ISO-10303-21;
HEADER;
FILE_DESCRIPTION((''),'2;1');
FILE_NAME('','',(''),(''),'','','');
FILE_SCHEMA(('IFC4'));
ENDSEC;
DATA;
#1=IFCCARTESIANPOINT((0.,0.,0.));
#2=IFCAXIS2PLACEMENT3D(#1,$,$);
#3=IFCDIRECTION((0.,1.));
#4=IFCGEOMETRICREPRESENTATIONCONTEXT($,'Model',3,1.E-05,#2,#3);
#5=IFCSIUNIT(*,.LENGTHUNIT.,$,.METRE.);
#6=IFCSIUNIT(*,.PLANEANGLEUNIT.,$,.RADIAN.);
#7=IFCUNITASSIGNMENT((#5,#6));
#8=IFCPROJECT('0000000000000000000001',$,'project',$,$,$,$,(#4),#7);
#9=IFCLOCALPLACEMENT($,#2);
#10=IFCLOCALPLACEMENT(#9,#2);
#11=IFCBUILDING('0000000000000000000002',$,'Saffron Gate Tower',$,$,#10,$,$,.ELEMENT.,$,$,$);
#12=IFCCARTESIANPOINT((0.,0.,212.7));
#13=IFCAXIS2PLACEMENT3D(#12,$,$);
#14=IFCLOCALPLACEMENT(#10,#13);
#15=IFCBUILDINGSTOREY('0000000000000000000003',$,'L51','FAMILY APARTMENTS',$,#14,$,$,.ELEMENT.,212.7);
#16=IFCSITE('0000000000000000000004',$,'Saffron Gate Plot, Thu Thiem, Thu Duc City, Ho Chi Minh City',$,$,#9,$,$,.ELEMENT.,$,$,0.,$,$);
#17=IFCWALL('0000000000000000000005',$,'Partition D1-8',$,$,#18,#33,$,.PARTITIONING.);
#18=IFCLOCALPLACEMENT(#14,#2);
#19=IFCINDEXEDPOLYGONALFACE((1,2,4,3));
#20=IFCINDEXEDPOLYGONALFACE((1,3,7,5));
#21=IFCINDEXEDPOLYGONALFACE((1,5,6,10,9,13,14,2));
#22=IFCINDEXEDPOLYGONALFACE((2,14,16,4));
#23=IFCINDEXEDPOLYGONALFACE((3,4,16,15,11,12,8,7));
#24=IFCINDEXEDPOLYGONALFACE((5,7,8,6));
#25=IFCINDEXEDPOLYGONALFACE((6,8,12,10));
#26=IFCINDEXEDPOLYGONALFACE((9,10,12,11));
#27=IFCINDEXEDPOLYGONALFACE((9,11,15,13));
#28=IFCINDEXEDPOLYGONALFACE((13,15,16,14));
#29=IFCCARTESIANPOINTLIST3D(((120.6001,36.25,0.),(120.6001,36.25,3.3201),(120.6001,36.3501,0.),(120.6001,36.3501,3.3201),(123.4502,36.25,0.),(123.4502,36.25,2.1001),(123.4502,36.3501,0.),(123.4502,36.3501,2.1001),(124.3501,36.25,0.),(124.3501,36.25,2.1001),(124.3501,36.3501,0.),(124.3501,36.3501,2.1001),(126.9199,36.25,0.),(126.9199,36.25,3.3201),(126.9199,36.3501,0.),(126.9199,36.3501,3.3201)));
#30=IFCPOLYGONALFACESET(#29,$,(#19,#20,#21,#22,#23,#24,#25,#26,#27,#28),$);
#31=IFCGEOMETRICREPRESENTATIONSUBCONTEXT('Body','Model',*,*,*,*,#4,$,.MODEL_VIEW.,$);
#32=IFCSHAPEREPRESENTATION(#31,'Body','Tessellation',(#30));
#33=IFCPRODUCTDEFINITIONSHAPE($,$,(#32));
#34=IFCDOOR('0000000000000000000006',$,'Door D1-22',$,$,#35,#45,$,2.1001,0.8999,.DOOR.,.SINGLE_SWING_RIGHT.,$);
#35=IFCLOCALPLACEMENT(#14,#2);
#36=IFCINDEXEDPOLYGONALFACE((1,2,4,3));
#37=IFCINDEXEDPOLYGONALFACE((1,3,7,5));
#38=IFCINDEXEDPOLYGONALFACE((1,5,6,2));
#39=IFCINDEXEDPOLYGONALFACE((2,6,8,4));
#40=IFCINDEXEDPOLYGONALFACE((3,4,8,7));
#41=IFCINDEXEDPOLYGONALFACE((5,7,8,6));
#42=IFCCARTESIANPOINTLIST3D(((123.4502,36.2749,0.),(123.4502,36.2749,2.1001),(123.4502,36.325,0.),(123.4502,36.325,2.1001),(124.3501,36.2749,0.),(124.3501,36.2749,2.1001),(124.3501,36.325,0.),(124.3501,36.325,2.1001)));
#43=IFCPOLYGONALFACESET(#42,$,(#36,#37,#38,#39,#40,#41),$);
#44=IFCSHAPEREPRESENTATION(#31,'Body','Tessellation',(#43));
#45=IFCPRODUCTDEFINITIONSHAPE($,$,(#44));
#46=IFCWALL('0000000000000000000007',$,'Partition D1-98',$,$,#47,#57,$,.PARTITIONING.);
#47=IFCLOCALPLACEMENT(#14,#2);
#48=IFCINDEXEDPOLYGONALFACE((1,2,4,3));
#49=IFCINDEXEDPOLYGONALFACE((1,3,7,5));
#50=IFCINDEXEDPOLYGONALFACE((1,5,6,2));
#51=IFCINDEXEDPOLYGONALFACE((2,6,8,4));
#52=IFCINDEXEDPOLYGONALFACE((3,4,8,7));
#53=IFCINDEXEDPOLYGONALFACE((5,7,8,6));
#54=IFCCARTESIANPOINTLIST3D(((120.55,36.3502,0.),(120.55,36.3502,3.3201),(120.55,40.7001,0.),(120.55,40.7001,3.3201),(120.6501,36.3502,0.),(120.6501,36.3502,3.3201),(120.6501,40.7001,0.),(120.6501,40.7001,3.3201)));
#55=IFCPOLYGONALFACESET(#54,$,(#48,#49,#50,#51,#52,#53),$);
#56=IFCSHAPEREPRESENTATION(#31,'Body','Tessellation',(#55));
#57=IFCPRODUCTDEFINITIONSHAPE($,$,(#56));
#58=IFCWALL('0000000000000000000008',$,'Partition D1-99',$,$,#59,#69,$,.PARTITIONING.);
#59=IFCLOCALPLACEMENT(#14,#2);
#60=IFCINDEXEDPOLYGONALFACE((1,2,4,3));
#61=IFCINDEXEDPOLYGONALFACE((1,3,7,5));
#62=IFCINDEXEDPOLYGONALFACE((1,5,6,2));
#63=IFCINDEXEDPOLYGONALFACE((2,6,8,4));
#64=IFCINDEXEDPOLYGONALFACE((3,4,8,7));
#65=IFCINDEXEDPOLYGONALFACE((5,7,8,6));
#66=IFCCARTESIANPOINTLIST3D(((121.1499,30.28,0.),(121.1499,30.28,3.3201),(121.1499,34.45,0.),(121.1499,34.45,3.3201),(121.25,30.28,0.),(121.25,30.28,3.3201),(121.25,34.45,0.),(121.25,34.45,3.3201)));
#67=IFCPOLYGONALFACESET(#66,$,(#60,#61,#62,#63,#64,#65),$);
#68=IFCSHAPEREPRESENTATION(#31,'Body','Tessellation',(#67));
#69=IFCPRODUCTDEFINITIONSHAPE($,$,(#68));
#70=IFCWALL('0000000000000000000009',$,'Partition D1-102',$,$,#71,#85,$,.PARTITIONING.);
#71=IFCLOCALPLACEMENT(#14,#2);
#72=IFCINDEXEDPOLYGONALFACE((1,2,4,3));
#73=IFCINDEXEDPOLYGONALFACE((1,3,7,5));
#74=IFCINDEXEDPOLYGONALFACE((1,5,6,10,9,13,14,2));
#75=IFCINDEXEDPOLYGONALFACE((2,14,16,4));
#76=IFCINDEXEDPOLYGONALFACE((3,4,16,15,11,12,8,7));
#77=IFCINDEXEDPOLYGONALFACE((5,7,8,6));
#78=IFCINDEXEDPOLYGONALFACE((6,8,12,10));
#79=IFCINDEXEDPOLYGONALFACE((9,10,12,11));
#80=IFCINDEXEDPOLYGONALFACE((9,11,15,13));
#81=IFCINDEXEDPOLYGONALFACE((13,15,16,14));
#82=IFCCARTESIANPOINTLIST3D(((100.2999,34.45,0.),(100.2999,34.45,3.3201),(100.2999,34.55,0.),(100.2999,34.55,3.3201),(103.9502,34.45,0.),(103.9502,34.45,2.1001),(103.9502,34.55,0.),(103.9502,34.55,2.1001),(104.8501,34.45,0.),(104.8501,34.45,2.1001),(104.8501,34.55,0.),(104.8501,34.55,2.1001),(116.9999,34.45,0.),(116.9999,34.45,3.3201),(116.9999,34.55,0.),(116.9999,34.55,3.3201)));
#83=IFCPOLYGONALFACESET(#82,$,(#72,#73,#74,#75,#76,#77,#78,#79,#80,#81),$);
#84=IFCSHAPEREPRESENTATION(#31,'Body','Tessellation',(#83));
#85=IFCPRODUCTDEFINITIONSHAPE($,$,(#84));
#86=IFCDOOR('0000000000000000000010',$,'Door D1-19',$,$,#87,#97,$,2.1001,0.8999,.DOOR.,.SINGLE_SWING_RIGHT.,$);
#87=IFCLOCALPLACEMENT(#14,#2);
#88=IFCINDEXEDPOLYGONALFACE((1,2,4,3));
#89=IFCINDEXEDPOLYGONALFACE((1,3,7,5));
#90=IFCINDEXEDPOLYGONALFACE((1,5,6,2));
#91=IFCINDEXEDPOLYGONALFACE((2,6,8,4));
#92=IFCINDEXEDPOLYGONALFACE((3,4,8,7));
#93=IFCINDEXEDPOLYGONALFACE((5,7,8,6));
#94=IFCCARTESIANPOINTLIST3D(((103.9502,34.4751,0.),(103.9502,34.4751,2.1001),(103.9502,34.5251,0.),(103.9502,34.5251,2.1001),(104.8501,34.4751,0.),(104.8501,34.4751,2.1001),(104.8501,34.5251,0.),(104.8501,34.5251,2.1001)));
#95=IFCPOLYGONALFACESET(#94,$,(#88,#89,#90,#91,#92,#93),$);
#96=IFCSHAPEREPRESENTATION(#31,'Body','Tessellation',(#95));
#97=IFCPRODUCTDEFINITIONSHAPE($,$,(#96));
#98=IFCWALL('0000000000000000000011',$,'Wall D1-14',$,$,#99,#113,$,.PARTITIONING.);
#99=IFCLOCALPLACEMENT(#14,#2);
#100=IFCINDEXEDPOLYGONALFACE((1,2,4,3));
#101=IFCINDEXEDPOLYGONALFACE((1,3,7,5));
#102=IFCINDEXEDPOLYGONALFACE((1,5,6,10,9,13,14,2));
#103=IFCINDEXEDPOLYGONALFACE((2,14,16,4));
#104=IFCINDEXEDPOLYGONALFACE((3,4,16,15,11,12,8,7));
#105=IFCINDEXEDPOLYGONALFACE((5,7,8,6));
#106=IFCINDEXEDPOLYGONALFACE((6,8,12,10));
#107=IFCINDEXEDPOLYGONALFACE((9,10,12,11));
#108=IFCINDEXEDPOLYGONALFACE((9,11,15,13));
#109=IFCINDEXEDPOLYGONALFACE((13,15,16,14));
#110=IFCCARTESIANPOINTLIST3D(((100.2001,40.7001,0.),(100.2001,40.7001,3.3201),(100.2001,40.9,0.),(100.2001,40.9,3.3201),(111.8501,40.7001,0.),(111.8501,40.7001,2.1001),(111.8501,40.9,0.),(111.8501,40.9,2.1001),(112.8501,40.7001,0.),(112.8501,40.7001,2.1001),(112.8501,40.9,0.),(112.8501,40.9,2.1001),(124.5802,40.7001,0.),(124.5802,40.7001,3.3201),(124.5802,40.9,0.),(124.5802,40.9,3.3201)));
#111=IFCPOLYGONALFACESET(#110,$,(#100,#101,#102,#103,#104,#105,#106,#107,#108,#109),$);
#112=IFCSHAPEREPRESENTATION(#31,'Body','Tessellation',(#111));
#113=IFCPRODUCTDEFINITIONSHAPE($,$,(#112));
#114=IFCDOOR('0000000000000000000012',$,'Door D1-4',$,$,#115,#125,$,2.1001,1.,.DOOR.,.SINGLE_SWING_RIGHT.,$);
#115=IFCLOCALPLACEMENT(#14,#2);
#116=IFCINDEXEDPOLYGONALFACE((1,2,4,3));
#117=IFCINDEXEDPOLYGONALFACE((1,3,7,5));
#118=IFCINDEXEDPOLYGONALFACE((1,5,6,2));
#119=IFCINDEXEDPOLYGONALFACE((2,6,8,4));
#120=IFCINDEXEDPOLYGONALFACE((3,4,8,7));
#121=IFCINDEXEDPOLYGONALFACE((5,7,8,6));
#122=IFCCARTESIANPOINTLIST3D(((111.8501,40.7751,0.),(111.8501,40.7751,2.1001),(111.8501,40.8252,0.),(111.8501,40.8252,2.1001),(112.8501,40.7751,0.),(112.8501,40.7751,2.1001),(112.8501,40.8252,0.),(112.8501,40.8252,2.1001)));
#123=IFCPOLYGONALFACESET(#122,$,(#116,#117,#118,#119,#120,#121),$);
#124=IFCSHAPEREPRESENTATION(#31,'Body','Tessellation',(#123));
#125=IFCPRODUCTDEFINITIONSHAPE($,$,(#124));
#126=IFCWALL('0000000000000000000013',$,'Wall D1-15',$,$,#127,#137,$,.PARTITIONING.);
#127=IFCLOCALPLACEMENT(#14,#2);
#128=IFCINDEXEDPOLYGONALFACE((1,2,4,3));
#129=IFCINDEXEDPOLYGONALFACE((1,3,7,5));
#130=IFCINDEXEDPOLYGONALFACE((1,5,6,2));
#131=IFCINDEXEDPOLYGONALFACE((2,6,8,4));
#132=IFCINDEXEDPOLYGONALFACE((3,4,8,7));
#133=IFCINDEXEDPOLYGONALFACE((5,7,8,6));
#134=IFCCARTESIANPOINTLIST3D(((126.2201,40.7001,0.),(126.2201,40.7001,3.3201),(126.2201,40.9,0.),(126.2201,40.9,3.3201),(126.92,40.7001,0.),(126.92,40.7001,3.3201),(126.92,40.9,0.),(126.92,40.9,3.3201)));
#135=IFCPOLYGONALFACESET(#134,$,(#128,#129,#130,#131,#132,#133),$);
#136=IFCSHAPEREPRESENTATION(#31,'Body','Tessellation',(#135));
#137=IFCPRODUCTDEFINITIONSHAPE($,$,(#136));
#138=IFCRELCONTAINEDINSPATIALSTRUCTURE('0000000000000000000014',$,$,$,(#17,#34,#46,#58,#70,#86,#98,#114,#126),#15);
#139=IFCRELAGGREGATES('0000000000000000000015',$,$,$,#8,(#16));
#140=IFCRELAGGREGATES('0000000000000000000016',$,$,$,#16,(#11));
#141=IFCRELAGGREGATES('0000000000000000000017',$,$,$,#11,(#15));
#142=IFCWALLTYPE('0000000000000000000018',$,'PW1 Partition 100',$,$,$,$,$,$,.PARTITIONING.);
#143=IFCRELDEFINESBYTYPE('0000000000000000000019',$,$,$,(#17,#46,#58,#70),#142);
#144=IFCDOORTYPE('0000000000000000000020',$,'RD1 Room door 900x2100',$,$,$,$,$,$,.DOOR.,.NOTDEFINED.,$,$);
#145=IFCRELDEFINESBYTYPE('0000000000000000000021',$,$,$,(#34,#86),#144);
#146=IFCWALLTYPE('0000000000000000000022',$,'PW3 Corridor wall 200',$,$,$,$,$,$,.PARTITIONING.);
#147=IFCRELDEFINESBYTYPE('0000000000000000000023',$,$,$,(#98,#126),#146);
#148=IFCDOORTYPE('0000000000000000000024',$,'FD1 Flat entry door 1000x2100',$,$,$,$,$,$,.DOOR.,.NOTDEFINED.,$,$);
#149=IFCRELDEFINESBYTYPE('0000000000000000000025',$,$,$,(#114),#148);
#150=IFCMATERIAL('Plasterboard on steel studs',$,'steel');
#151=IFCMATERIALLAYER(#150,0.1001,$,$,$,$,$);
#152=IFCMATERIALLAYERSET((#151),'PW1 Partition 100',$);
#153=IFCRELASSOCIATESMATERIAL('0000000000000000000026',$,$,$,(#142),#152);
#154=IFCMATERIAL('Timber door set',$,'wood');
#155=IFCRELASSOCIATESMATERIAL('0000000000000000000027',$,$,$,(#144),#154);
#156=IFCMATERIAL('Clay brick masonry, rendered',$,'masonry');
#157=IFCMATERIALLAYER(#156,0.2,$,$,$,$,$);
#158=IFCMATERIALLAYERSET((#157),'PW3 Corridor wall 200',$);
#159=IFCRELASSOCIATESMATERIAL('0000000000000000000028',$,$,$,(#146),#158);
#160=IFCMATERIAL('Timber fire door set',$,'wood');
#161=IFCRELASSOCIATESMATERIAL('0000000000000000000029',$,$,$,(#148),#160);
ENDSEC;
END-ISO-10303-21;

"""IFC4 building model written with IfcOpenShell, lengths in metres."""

from ifc_helpers import new_model, si_unit, direction, frame, frame_2d, origin, place, context, subcontext, project, spatial, rectangle, extrude, material, layer, layer_set, type_object, element, fill, save


model = new_model("IFC4")

# Units and contexts
model_context = context("Model", 3, precision=1e-05, world=origin(), true_north=direction((0.0, 1.0)))
body_context = subcontext(model_context, "Body", "Model", "MODEL_VIEW")
ifc_project = project(units=[si_unit("LENGTHUNIT", "METRE"), si_unit("PLANEANGLEUNIT", "RADIAN")], contexts=[model_context])

# Site, building, storey
site_placement = place(None, origin())
site = spatial("IfcSite", under=ifc_project, at=site_placement, Name="Saffron Gate Plot, Thu Thiem, Thu Duc City, Ho Chi Minh City", CompositionType="ELEMENT", RefElevation=0.0)
building_placement = place(site_placement, origin())
building = spatial("IfcBuilding", under=site, at=building_placement, Name="Saffron Gate Tower", CompositionType="ELEMENT")
storey_placement = place(building_placement, frame((0.0, 0.0, 212.7)))
storey = spatial("IfcBuildingStorey", under=building, at=storey_placement, Name="L51", Description="FAMILY APARTMENTS", CompositionType="ELEMENT", Elevation=212.7)

# Wall, opening, door
ifc_material_1 = material(Name="Plasterboard on steel studs", Category="steel")
ifc_layer_1 = layer(ifc_material_1, 0.1001)
ifc_layer_set_1 = layer_set([ifc_layer_1], Name="PW1 Partition 100")
wall_type_1 = type_object("IfcWallType", Name="PW1 Partition 100", PredefinedType="PARTITIONING", material=ifc_layer_set_1)
ifc_material_2 = material(Name="Timber door set", Category="wood")
door_type_1 = type_object("IfcDoorType", Name="RD1 Room door 900x2100", OperationType="NOTDEFINED", PredefinedType="DOOR", material=ifc_material_2)
wall_1_placement = place(storey_placement, frame((120.6001, 36.3, 0.0), z_axis=(0.0, 0.0, 1.0), x_axis=(1.0, 0.0, 0.0)))
wall_1 = element("IfcWall", 1, at=wall_1_placement, inside=storey, type_object=wall_type_1, Name="Partition D1-8", PredefinedType="PARTITIONING", context=body_context, shape_type="SweptSolid", body=[
    extrude(rectangle(XDim=6.3198, YDim=0.1001, at=frame_2d((3.1599, 0.0))), origin(), (0.0, 0.0, 1.0), 3.3201),
])
opening_1_placement = place(wall_1_placement, frame((2.8501, 0.0, 0.0)))
opening_1 = element("IfcOpeningElement", 2, at=opening_1_placement, cuts=wall_1, PredefinedType="OPENING", context=body_context, shape_type="SweptSolid", body=[
    extrude(rectangle(XDim=0.8999, YDim=2.1001, at=frame_2d((0.45, 1.05))), frame((0.0, 0.0601, 0.0), z_axis=(0.0, -1.0, 0.0), x_axis=(1.0, 0.0, 0.0)), (0.0, 0.0, 1.0), 0.1201),
])
door_1_placement = place(opening_1_placement, origin())
door_1 = element("IfcDoor", 3, at=door_1_placement, inside=storey, type_object=door_type_1, Name="Door D1-22", OperationType="SINGLE_SWING_RIGHT", OverallHeight=2.1001, OverallWidth=0.8999, PredefinedType="DOOR", context=body_context, shape_type="SweptSolid", body=[
    extrude(rectangle(XDim=0.8999, YDim=2.1001, at=frame_2d((0.45, 1.05))), frame((0.0, 0.0249, 0.0), z_axis=(0.0, -1.0, 0.0), x_axis=(1.0, 0.0, 0.0)), (0.0, 0.0, 1.0), 0.05),
])
fill(opening_1, door_1)

# Walls
wall_2_placement = place(storey_placement, frame((120.6001, 40.7, 0.0), z_axis=(0.0, 0.0, 1.0), x_axis=(0.0, -1.0, 0.0)))
element("IfcWall", 4, at=wall_2_placement, inside=storey, type_object=wall_type_1, Name="Partition D1-98", PredefinedType="PARTITIONING", context=body_context, shape_type="SweptSolid", body=[
    extrude(rectangle(XDim=4.3499, YDim=0.1001, at=frame_2d((2.1748, 0.0))), origin(), (0.0, 0.0, 1.0), 3.3201),
])
wall_3_placement = place(storey_placement, frame((121.2, 34.45, 0.0), z_axis=(0.0, 0.0, 1.0), x_axis=(0.0, -1.0, 0.0)))
element("IfcWall", 5, at=wall_3_placement, inside=storey, type_object=wall_type_1, Name="Partition D1-99", PredefinedType="PARTITIONING", context=body_context, shape_type="SweptSolid", body=[
    extrude(rectangle(XDim=4.1699, YDim=0.1001, at=frame_2d((2.085, 0.0))), origin(), (0.0, 0.0, 1.0), 3.3201),
])

# Walls, openings, doors
wall_4_placement = place(storey_placement, frame((117.0, 34.5, 0.0), z_axis=(0.0, 0.0, 1.0), x_axis=(-1.0, 0.0, 0.0)))
wall_4 = element("IfcWall", 6, at=wall_4_placement, inside=storey, type_object=wall_type_1, Name="Partition D1-102", PredefinedType="PARTITIONING", context=body_context, shape_type="SweptSolid", body=[
    extrude(rectangle(XDim=16.7, YDim=0.1001, at=frame_2d((8.3501, 0.0))), origin(), (0.0, 0.0, 1.0), 3.3201),
])
opening_2_placement = place(wall_4_placement, frame((12.1499, 0.0, 0.0)))
opening_2 = element("IfcOpeningElement", 7, at=opening_2_placement, cuts=wall_4, PredefinedType="OPENING", context=body_context, shape_type="SweptSolid", body=[
    extrude(rectangle(XDim=0.8999, YDim=2.1001, at=frame_2d((0.45, 1.05))), frame((0.0, 0.0601, 0.0), z_axis=(0.0, -1.0, 0.0), x_axis=(1.0, 0.0, 0.0)), (0.0, 0.0, 1.0), 0.1201),
])
door_2_placement = place(opening_2_placement, origin())
door_2 = element("IfcDoor", 8, at=door_2_placement, inside=storey, type_object=door_type_1, Name="Door D1-19", OperationType="SINGLE_SWING_RIGHT", OverallHeight=2.1001, OverallWidth=0.8999, PredefinedType="DOOR", context=body_context, shape_type="SweptSolid", body=[
    extrude(rectangle(XDim=0.8999, YDim=2.1001, at=frame_2d((0.45, 1.05))), frame((0.0, 0.0249, 0.0), z_axis=(0.0, -1.0, 0.0), x_axis=(1.0, 0.0, 0.0)), (0.0, 0.0, 1.0), 0.05),
])
fill(opening_2, door_2)
ifc_material_3 = material(Name="Clay brick masonry, rendered", Category="masonry")
ifc_layer_2 = layer(ifc_material_3, 0.2)
ifc_layer_set_2 = layer_set([ifc_layer_2], Name="PW3 Corridor wall 200")
wall_type_2 = type_object("IfcWallType", Name="PW3 Corridor wall 200", PredefinedType="PARTITIONING", material=ifc_layer_set_2)
wall_5_placement = place(storey_placement, frame((124.5801, 40.8, 0.0), z_axis=(0.0, 0.0, 1.0), x_axis=(-1.0, 0.0, 0.0)))
wall_5 = element("IfcWall", 9, at=wall_5_placement, inside=storey, type_object=wall_type_2, Name="Wall D1-14", PredefinedType="PARTITIONING", context=body_context, shape_type="SweptSolid", body=[
    extrude(rectangle(XDim=24.3801, YDim=0.2, at=frame_2d((12.1899, 0.0))), origin(), (0.0, 0.0, 1.0), 3.3201),
])
opening_3_placement = place(wall_5_placement, frame((11.73, 0.0, 0.0)))
opening_3 = element("IfcOpeningElement", 10, at=opening_3_placement, cuts=wall_5, PredefinedType="OPENING", context=body_context, shape_type="SweptSolid", body=[
    extrude(rectangle(XDim=1.0, YDim=2.1001, at=frame_2d((0.5, 1.05))), frame((0.0, 0.1099, 0.0), z_axis=(0.0, -1.0, 0.0), x_axis=(1.0, 0.0, 0.0)), (0.0, 0.0, 1.0), 0.22),
])
ifc_material_4 = material(Name="Timber fire door set", Category="wood")
door_type_2 = type_object("IfcDoorType", Name="FD1 Flat entry door 1000x2100", OperationType="NOTDEFINED", PredefinedType="DOOR", material=ifc_material_4)
door_3_placement = place(opening_3_placement, origin())
door_3 = element("IfcDoor", 11, at=door_3_placement, inside=storey, type_object=door_type_2, Name="Door D1-4", OperationType="SINGLE_SWING_RIGHT", OverallHeight=2.1001, OverallWidth=1.0, PredefinedType="DOOR", context=body_context, shape_type="SweptSolid", body=[
    extrude(rectangle(XDim=1.0, YDim=2.1001, at=frame_2d((0.5, 1.05))), frame((0.0, 0.0249, 0.0), z_axis=(0.0, -1.0, 0.0), x_axis=(1.0, 0.0, 0.0)), (0.0, 0.0, 1.0), 0.05),
])
fill(opening_3, door_3)

# Wall
wall_6_placement = place(storey_placement, frame((126.22, 40.8, 0.0), z_axis=(0.0, 0.0, 1.0), x_axis=(1.0, 0.0, 0.0)))
element("IfcWall", 12, at=wall_6_placement, inside=storey, type_object=wall_type_2, Name="Wall D1-15", PredefinedType="PARTITIONING", context=body_context, shape_type="SweptSolid", body=[
    extrude(rectangle(XDim=0.7, YDim=0.2, at=frame_2d((0.3501, 0.0))), origin(), (0.0, 0.0, 1.0), 3.3201),
])

save(model, "model.ifc")
